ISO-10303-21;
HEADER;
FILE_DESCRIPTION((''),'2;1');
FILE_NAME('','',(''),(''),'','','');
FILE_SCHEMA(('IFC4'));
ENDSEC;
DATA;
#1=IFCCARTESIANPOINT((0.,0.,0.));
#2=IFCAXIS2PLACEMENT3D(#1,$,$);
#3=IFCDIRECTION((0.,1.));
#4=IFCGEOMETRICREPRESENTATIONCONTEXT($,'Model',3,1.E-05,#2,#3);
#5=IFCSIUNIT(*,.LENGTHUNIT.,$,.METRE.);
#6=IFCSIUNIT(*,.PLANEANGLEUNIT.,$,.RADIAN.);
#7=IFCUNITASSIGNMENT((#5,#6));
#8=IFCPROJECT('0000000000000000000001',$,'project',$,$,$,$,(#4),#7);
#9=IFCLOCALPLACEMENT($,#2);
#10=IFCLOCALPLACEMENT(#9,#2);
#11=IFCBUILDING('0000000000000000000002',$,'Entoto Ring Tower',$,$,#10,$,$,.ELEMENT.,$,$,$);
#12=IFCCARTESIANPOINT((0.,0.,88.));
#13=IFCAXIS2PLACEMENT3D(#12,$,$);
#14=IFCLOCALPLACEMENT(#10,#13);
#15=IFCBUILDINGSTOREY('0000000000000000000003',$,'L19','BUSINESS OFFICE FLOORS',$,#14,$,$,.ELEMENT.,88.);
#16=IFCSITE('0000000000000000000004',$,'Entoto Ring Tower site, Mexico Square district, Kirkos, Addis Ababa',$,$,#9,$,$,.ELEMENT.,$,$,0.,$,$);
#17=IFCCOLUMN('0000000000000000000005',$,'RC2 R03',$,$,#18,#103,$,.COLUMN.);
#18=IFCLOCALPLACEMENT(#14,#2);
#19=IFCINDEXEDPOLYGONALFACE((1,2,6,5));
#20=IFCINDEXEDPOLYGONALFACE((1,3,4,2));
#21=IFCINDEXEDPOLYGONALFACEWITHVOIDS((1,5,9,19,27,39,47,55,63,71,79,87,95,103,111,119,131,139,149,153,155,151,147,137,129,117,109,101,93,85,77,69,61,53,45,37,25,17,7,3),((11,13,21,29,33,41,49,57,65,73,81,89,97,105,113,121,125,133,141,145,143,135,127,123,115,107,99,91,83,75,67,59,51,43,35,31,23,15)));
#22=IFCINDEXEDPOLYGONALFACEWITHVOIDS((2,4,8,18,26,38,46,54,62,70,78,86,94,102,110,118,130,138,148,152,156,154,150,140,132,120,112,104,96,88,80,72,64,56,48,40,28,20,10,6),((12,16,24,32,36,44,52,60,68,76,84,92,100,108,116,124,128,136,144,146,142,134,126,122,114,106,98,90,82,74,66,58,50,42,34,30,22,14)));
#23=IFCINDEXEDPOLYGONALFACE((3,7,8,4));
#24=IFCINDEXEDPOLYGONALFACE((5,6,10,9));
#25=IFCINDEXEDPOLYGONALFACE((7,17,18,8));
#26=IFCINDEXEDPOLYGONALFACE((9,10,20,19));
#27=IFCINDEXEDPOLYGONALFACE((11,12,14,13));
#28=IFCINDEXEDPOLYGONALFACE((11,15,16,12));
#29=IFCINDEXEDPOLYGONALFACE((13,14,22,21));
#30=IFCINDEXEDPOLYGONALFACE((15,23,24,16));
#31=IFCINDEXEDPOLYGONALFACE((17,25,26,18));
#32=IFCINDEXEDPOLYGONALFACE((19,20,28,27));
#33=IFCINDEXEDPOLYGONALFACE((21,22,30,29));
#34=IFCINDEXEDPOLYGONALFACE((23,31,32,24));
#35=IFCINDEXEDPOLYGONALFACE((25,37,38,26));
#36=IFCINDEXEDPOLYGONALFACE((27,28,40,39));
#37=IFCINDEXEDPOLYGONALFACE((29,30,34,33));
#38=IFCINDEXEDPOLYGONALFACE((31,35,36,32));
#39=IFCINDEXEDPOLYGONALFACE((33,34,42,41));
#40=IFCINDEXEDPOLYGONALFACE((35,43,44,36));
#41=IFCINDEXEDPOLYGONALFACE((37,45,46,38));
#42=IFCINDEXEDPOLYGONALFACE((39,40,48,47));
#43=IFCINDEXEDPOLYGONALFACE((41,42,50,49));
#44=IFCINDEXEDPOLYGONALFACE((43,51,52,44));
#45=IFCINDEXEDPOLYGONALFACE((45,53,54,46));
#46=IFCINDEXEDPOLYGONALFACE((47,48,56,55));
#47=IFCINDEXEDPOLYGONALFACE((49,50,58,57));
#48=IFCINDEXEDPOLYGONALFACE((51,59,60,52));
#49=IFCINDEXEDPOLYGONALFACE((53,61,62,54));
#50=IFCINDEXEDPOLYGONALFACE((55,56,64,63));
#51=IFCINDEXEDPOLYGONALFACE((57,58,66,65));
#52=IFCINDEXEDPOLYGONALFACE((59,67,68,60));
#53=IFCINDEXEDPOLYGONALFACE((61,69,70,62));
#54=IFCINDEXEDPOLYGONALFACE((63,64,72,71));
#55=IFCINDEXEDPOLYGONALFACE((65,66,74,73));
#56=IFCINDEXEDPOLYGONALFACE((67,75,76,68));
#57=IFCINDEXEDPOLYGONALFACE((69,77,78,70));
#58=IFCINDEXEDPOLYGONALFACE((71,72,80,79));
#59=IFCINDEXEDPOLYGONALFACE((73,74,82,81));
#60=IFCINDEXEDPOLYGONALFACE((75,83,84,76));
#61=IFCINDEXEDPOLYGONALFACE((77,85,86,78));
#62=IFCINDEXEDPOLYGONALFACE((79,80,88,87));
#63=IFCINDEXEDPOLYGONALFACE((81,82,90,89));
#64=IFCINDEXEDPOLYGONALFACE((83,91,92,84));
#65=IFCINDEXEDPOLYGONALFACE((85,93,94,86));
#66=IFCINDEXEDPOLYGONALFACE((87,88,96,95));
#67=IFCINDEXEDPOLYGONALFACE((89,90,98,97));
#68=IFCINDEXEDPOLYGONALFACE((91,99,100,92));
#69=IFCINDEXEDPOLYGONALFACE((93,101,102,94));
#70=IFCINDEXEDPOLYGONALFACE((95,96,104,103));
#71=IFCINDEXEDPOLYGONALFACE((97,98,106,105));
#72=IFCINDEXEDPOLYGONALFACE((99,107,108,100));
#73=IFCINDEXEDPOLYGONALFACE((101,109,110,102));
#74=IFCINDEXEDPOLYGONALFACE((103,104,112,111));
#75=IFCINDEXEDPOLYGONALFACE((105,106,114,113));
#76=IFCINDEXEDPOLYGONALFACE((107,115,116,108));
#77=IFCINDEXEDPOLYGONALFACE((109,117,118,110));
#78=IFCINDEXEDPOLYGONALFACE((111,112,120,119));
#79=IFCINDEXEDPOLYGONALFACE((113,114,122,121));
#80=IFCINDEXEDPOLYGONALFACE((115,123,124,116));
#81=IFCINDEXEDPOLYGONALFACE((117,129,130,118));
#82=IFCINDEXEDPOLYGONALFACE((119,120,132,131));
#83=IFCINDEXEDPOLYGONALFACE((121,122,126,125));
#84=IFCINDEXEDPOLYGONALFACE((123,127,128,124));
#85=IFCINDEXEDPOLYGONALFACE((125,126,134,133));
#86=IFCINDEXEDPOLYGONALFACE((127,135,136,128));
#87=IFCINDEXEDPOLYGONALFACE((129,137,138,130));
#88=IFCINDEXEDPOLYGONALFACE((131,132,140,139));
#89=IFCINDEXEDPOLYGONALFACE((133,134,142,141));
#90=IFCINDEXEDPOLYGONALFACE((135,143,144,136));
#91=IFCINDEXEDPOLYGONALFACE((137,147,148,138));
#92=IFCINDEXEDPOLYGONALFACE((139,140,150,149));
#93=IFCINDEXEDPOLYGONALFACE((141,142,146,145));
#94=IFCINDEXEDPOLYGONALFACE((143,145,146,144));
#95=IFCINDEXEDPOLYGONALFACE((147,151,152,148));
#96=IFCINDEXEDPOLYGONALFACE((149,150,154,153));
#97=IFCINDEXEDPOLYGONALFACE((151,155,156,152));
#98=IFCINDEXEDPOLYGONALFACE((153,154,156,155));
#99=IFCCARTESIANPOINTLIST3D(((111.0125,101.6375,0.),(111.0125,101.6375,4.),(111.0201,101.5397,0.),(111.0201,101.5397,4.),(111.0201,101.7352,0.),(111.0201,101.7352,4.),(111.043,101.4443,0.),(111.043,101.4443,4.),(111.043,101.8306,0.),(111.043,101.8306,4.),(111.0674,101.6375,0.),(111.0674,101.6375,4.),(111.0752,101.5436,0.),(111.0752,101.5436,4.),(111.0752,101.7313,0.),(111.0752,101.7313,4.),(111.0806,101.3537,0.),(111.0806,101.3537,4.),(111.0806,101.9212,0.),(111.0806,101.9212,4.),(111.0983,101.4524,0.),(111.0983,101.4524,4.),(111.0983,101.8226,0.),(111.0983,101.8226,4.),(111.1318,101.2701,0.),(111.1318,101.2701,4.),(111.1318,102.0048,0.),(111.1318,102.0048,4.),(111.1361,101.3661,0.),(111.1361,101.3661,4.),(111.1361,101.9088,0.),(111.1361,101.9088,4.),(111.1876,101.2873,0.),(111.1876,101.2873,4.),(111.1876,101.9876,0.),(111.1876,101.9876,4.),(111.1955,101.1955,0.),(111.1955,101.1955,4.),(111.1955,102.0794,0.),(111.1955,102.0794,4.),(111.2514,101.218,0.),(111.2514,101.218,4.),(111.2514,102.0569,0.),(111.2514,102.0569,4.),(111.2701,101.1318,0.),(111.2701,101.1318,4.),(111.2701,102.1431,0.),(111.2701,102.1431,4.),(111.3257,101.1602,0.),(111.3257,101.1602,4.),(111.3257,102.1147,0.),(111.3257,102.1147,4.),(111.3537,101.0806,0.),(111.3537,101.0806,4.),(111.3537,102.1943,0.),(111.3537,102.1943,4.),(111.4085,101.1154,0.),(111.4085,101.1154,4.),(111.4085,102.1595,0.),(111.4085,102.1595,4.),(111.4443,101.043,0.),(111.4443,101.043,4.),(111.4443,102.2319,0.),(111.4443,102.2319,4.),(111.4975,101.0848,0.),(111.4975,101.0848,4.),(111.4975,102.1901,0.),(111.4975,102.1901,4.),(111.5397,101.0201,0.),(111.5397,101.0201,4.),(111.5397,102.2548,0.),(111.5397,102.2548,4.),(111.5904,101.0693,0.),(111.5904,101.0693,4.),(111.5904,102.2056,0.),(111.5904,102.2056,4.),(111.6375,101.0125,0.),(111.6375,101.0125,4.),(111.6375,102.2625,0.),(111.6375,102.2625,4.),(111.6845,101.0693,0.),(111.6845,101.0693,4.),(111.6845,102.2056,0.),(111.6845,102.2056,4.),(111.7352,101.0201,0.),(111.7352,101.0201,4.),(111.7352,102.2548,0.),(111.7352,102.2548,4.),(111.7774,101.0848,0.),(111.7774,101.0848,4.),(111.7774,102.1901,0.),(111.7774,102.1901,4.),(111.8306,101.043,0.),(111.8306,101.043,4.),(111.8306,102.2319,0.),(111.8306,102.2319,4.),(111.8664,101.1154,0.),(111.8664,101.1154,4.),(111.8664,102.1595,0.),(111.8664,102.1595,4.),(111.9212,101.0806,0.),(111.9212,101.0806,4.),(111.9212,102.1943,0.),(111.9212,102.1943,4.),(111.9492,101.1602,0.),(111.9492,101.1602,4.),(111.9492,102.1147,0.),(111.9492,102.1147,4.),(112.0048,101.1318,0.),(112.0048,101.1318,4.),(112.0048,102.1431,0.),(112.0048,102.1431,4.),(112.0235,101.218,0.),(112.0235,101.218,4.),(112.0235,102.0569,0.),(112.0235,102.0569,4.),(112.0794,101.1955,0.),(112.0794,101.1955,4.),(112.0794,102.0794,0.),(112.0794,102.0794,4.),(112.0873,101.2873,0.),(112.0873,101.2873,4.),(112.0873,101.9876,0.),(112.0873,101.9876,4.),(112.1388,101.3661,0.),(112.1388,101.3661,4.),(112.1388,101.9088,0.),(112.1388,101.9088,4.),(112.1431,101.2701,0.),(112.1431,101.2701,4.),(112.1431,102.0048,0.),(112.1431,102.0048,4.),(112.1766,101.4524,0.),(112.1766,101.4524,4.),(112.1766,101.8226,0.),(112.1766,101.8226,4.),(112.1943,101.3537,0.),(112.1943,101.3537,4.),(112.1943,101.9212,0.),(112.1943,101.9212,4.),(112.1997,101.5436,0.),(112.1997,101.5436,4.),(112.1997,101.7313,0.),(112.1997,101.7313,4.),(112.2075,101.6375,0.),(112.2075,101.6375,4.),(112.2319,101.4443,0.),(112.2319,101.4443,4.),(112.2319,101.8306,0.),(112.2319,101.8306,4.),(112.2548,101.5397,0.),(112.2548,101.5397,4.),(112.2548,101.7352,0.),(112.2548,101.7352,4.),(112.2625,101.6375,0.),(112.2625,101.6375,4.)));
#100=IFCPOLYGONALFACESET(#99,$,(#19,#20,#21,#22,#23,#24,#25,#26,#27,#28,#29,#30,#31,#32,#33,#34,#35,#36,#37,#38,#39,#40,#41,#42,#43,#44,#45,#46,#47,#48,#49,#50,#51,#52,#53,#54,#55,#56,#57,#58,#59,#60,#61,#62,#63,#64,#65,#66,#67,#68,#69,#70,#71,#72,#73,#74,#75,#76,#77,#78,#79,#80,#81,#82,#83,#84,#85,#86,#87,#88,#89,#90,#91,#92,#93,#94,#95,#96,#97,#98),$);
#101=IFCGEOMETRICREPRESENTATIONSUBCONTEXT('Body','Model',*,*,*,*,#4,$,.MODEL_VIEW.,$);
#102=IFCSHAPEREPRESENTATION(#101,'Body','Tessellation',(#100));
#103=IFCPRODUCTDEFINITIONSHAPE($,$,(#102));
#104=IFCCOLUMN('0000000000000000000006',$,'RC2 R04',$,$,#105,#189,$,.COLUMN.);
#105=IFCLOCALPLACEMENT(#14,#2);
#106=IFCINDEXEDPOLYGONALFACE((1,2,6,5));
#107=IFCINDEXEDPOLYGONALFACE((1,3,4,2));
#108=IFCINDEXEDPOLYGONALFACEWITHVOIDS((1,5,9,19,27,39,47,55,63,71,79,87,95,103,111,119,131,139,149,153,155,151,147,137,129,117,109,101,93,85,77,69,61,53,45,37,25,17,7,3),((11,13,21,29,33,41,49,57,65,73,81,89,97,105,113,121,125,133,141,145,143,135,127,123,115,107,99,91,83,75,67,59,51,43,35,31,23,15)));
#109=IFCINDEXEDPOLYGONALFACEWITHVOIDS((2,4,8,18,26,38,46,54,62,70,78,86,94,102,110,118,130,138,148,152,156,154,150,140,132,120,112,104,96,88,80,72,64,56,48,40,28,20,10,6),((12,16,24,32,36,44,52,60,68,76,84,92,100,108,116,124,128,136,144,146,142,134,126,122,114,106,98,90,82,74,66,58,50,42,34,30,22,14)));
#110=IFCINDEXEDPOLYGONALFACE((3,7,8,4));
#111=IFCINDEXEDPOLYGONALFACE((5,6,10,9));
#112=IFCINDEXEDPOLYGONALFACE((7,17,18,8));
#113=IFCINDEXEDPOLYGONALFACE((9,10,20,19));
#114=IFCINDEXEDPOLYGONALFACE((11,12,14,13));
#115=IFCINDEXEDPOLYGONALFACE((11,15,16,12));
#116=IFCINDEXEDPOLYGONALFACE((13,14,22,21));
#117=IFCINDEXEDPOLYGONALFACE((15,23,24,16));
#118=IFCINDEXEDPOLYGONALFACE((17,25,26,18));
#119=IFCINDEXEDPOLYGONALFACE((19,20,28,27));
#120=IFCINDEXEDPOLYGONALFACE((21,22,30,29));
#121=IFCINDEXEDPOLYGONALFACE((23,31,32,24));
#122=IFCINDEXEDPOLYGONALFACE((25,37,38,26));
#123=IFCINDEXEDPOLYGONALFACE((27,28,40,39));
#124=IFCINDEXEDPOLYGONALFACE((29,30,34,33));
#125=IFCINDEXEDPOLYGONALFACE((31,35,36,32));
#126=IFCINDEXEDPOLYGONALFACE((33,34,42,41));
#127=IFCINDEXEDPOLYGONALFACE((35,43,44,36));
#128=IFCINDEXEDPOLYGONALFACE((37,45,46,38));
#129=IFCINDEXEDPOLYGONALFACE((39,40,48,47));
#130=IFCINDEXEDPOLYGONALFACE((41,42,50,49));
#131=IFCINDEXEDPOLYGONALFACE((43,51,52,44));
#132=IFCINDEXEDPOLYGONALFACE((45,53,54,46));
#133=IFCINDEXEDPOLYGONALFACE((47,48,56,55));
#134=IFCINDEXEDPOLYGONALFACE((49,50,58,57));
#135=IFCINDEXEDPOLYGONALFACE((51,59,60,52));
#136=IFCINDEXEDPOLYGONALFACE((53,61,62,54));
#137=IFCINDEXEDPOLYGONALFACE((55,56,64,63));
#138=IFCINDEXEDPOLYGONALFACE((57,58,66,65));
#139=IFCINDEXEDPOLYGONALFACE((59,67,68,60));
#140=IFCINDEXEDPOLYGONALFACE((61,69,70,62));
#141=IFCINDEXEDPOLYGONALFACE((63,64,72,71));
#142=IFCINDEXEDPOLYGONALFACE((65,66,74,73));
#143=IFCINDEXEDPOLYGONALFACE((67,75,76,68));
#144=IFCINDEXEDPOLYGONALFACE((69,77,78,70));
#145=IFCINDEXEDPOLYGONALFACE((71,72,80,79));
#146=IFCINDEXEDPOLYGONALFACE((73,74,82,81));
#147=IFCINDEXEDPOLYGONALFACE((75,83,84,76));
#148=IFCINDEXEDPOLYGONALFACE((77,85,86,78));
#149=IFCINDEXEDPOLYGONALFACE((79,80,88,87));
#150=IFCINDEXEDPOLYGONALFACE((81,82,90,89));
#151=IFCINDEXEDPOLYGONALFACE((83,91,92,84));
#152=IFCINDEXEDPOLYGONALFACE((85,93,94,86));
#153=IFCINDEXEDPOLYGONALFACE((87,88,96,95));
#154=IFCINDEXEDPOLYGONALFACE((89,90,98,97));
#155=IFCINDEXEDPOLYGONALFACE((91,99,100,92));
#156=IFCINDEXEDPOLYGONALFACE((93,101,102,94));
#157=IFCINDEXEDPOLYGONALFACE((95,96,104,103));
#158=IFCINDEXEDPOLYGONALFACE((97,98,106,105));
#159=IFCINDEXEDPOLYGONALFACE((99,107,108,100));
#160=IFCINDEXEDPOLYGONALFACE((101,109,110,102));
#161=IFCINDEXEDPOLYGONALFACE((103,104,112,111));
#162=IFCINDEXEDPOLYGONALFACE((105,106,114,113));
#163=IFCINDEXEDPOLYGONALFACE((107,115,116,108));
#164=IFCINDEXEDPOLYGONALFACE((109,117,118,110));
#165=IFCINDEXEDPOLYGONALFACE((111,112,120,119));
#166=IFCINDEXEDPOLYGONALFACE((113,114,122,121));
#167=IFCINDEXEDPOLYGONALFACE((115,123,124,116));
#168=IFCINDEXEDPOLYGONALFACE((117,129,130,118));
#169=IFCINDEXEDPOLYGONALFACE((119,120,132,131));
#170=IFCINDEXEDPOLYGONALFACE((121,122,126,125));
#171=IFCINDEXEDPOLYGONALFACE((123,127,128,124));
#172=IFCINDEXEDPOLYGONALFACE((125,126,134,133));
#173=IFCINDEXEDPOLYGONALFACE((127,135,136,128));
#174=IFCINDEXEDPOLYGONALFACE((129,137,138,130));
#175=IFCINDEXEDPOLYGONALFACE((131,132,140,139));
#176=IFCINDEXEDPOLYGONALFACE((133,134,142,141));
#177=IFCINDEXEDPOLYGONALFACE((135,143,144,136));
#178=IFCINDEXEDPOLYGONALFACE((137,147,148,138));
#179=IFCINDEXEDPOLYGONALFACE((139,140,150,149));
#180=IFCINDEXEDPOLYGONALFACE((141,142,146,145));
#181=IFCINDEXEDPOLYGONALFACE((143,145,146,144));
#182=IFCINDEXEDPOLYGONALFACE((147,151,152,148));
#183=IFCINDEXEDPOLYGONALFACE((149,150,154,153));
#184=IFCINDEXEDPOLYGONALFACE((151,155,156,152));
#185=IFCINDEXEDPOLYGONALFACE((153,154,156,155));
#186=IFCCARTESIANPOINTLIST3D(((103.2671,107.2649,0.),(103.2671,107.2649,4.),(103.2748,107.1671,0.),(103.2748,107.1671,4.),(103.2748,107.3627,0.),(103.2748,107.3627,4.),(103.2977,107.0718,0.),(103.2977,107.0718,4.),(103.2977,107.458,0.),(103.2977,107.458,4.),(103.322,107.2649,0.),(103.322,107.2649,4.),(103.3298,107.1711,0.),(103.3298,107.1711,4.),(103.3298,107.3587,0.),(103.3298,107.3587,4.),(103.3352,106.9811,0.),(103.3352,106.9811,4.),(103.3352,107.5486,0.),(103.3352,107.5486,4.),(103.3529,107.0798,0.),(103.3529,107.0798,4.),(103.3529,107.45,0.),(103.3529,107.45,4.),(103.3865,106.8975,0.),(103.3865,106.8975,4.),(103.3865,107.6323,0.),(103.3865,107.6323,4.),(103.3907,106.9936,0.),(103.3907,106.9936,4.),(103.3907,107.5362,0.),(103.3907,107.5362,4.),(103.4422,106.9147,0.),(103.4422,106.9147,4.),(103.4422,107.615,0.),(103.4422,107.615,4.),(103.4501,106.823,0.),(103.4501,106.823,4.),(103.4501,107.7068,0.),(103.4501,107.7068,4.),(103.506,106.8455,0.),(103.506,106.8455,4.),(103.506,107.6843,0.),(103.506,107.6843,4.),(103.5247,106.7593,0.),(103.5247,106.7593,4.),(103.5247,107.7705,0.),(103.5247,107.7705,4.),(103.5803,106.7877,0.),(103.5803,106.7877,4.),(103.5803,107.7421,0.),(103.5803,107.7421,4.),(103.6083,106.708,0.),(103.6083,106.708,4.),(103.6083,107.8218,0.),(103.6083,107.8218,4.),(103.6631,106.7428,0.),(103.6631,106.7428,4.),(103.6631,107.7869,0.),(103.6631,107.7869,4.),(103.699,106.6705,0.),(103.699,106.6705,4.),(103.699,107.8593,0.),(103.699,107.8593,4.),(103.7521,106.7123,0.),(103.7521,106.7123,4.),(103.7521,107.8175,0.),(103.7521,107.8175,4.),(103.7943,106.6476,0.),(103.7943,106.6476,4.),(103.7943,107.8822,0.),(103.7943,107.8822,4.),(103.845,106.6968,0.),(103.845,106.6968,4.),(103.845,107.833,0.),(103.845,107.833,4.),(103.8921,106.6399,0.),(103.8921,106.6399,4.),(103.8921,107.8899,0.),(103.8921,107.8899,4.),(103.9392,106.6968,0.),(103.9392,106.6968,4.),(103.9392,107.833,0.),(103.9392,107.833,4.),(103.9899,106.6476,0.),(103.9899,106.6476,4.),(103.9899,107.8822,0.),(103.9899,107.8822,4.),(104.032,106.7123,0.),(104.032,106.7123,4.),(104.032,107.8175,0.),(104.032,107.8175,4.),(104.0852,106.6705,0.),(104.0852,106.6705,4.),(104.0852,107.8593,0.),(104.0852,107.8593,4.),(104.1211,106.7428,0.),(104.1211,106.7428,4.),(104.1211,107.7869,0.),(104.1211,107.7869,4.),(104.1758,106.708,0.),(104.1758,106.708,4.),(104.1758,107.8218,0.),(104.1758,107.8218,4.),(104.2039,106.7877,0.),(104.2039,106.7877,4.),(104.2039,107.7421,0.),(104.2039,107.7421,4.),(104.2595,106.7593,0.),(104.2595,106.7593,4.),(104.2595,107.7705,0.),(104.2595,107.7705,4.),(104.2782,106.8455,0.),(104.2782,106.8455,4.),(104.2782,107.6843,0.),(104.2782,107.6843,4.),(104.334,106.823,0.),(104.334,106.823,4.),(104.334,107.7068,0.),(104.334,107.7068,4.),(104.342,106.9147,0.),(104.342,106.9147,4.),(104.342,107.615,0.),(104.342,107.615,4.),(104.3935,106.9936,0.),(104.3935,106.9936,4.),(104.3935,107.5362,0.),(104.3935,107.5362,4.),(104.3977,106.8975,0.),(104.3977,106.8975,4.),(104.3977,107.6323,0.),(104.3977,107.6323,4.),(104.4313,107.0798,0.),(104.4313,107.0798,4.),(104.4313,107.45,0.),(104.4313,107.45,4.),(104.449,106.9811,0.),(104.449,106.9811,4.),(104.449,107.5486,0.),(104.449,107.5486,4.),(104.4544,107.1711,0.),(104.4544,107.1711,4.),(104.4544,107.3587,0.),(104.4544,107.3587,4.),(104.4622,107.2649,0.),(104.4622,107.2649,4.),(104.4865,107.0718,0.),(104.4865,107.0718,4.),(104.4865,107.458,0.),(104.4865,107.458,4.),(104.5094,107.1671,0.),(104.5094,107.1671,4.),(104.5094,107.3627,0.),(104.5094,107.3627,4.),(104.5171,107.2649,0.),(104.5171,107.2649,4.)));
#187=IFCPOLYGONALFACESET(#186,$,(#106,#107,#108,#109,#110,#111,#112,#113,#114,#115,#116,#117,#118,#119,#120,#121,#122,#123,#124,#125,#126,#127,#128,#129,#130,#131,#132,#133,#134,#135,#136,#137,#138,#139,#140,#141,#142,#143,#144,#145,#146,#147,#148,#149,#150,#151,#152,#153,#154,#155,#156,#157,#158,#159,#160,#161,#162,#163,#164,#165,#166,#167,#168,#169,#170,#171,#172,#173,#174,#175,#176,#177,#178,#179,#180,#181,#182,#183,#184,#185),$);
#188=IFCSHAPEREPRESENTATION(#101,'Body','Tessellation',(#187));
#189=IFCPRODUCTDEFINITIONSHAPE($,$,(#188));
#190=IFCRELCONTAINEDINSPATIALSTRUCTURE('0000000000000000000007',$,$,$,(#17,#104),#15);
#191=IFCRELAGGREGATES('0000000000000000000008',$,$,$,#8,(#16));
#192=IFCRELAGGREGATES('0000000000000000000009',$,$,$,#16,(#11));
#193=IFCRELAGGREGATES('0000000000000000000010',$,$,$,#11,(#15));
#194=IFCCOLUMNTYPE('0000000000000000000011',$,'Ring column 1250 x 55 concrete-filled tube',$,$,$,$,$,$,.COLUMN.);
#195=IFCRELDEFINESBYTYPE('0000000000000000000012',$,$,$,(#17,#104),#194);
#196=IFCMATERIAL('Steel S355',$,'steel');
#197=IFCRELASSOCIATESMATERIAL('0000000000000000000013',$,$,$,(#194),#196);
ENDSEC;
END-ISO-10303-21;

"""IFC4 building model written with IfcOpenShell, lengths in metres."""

from ifc_helpers import new_model, si_unit, direction, frame, origin, origin_2d, place, context, subcontext, project, spatial, circle, hollow_circle, extrude, material, material_profile, profile_set, type_object, element, save


model = new_model("IFC4")

# Units and contexts
model_context = context("Model", 3, precision=1e-05, world=origin(), true_north=direction((0.0, 1.0)))
body_context = subcontext(model_context, "Body", "Model", "MODEL_VIEW")
ifc_project = project(units=[si_unit("LENGTHUNIT", "METRE"), si_unit("PLANEANGLEUNIT", "RADIAN")], contexts=[model_context])

# Site, building, storey
site_placement = place(None, origin())
site = spatial("IfcSite", under=ifc_project, at=site_placement, Name="Entoto Ring Tower site, Mexico Square district, Kirkos, Addis Ababa", CompositionType="ELEMENT", RefElevation=0.0)
building_placement = place(site_placement, origin())
building = spatial("IfcBuilding", under=site, at=building_placement, Name="Entoto Ring Tower", CompositionType="ELEMENT")
storey_placement = place(building_placement, frame((0.0, 0.0, 88.0)))
storey = spatial("IfcBuildingStorey", under=building, at=storey_placement, Name="L19", Description="BUSINESS OFFICE FLOORS", CompositionType="ELEMENT", Elevation=88.0)

# Columns
ifc_material_1 = material(Name="Steel S355", Category="steel")
ifc_material_profile_1 = material_profile(ifc_material_1, hollow_circle(Radius=0.625, WallThickness=0.0549, at=origin_2d()), Name="CHS 1250 x 55")
ifc_material_2 = material(Name="Concrete C60/75", Category="concrete")
ifc_material_profile_2 = material_profile(ifc_material_2, circle(Radius=0.5701, at=origin_2d()), Name="Concrete C60/75 infill")
ifc_profile_set_1 = profile_set([ifc_material_profile_1, ifc_material_profile_2], Name="Steel S355")
column_type = type_object("IfcColumnType", Name="Ring column 1250 x 55 concrete-filled tube", PredefinedType="COLUMN", material=ifc_profile_set_1)
for number, where, z_axis, x_axis, name in (
    (1, (111.6375, 101.6375, 0.0), (0.0, 0.0, 1.0), (1.0, 0.0, 0.0), "RC2 R03"),
    (2, (103.8921, 107.2649, 0.0), (0.0, 0.0, 1.0), (1.0, 0.0, 0.0), "RC2 R04"),
):
    element("IfcColumn", number, at=place(storey_placement, frame(where, z_axis=z_axis, x_axis=x_axis)), inside=storey, type_object=column_type, Name=name, PredefinedType="COLUMN", context=body_context, shape_type="SweptSolid", body=[
        extrude(hollow_circle(Radius=0.625, WallThickness=0.0549, at=origin_2d()), origin(), (0.0, 0.0, 1.0), 4.0),
    ])

save(model, "model.ifc")
